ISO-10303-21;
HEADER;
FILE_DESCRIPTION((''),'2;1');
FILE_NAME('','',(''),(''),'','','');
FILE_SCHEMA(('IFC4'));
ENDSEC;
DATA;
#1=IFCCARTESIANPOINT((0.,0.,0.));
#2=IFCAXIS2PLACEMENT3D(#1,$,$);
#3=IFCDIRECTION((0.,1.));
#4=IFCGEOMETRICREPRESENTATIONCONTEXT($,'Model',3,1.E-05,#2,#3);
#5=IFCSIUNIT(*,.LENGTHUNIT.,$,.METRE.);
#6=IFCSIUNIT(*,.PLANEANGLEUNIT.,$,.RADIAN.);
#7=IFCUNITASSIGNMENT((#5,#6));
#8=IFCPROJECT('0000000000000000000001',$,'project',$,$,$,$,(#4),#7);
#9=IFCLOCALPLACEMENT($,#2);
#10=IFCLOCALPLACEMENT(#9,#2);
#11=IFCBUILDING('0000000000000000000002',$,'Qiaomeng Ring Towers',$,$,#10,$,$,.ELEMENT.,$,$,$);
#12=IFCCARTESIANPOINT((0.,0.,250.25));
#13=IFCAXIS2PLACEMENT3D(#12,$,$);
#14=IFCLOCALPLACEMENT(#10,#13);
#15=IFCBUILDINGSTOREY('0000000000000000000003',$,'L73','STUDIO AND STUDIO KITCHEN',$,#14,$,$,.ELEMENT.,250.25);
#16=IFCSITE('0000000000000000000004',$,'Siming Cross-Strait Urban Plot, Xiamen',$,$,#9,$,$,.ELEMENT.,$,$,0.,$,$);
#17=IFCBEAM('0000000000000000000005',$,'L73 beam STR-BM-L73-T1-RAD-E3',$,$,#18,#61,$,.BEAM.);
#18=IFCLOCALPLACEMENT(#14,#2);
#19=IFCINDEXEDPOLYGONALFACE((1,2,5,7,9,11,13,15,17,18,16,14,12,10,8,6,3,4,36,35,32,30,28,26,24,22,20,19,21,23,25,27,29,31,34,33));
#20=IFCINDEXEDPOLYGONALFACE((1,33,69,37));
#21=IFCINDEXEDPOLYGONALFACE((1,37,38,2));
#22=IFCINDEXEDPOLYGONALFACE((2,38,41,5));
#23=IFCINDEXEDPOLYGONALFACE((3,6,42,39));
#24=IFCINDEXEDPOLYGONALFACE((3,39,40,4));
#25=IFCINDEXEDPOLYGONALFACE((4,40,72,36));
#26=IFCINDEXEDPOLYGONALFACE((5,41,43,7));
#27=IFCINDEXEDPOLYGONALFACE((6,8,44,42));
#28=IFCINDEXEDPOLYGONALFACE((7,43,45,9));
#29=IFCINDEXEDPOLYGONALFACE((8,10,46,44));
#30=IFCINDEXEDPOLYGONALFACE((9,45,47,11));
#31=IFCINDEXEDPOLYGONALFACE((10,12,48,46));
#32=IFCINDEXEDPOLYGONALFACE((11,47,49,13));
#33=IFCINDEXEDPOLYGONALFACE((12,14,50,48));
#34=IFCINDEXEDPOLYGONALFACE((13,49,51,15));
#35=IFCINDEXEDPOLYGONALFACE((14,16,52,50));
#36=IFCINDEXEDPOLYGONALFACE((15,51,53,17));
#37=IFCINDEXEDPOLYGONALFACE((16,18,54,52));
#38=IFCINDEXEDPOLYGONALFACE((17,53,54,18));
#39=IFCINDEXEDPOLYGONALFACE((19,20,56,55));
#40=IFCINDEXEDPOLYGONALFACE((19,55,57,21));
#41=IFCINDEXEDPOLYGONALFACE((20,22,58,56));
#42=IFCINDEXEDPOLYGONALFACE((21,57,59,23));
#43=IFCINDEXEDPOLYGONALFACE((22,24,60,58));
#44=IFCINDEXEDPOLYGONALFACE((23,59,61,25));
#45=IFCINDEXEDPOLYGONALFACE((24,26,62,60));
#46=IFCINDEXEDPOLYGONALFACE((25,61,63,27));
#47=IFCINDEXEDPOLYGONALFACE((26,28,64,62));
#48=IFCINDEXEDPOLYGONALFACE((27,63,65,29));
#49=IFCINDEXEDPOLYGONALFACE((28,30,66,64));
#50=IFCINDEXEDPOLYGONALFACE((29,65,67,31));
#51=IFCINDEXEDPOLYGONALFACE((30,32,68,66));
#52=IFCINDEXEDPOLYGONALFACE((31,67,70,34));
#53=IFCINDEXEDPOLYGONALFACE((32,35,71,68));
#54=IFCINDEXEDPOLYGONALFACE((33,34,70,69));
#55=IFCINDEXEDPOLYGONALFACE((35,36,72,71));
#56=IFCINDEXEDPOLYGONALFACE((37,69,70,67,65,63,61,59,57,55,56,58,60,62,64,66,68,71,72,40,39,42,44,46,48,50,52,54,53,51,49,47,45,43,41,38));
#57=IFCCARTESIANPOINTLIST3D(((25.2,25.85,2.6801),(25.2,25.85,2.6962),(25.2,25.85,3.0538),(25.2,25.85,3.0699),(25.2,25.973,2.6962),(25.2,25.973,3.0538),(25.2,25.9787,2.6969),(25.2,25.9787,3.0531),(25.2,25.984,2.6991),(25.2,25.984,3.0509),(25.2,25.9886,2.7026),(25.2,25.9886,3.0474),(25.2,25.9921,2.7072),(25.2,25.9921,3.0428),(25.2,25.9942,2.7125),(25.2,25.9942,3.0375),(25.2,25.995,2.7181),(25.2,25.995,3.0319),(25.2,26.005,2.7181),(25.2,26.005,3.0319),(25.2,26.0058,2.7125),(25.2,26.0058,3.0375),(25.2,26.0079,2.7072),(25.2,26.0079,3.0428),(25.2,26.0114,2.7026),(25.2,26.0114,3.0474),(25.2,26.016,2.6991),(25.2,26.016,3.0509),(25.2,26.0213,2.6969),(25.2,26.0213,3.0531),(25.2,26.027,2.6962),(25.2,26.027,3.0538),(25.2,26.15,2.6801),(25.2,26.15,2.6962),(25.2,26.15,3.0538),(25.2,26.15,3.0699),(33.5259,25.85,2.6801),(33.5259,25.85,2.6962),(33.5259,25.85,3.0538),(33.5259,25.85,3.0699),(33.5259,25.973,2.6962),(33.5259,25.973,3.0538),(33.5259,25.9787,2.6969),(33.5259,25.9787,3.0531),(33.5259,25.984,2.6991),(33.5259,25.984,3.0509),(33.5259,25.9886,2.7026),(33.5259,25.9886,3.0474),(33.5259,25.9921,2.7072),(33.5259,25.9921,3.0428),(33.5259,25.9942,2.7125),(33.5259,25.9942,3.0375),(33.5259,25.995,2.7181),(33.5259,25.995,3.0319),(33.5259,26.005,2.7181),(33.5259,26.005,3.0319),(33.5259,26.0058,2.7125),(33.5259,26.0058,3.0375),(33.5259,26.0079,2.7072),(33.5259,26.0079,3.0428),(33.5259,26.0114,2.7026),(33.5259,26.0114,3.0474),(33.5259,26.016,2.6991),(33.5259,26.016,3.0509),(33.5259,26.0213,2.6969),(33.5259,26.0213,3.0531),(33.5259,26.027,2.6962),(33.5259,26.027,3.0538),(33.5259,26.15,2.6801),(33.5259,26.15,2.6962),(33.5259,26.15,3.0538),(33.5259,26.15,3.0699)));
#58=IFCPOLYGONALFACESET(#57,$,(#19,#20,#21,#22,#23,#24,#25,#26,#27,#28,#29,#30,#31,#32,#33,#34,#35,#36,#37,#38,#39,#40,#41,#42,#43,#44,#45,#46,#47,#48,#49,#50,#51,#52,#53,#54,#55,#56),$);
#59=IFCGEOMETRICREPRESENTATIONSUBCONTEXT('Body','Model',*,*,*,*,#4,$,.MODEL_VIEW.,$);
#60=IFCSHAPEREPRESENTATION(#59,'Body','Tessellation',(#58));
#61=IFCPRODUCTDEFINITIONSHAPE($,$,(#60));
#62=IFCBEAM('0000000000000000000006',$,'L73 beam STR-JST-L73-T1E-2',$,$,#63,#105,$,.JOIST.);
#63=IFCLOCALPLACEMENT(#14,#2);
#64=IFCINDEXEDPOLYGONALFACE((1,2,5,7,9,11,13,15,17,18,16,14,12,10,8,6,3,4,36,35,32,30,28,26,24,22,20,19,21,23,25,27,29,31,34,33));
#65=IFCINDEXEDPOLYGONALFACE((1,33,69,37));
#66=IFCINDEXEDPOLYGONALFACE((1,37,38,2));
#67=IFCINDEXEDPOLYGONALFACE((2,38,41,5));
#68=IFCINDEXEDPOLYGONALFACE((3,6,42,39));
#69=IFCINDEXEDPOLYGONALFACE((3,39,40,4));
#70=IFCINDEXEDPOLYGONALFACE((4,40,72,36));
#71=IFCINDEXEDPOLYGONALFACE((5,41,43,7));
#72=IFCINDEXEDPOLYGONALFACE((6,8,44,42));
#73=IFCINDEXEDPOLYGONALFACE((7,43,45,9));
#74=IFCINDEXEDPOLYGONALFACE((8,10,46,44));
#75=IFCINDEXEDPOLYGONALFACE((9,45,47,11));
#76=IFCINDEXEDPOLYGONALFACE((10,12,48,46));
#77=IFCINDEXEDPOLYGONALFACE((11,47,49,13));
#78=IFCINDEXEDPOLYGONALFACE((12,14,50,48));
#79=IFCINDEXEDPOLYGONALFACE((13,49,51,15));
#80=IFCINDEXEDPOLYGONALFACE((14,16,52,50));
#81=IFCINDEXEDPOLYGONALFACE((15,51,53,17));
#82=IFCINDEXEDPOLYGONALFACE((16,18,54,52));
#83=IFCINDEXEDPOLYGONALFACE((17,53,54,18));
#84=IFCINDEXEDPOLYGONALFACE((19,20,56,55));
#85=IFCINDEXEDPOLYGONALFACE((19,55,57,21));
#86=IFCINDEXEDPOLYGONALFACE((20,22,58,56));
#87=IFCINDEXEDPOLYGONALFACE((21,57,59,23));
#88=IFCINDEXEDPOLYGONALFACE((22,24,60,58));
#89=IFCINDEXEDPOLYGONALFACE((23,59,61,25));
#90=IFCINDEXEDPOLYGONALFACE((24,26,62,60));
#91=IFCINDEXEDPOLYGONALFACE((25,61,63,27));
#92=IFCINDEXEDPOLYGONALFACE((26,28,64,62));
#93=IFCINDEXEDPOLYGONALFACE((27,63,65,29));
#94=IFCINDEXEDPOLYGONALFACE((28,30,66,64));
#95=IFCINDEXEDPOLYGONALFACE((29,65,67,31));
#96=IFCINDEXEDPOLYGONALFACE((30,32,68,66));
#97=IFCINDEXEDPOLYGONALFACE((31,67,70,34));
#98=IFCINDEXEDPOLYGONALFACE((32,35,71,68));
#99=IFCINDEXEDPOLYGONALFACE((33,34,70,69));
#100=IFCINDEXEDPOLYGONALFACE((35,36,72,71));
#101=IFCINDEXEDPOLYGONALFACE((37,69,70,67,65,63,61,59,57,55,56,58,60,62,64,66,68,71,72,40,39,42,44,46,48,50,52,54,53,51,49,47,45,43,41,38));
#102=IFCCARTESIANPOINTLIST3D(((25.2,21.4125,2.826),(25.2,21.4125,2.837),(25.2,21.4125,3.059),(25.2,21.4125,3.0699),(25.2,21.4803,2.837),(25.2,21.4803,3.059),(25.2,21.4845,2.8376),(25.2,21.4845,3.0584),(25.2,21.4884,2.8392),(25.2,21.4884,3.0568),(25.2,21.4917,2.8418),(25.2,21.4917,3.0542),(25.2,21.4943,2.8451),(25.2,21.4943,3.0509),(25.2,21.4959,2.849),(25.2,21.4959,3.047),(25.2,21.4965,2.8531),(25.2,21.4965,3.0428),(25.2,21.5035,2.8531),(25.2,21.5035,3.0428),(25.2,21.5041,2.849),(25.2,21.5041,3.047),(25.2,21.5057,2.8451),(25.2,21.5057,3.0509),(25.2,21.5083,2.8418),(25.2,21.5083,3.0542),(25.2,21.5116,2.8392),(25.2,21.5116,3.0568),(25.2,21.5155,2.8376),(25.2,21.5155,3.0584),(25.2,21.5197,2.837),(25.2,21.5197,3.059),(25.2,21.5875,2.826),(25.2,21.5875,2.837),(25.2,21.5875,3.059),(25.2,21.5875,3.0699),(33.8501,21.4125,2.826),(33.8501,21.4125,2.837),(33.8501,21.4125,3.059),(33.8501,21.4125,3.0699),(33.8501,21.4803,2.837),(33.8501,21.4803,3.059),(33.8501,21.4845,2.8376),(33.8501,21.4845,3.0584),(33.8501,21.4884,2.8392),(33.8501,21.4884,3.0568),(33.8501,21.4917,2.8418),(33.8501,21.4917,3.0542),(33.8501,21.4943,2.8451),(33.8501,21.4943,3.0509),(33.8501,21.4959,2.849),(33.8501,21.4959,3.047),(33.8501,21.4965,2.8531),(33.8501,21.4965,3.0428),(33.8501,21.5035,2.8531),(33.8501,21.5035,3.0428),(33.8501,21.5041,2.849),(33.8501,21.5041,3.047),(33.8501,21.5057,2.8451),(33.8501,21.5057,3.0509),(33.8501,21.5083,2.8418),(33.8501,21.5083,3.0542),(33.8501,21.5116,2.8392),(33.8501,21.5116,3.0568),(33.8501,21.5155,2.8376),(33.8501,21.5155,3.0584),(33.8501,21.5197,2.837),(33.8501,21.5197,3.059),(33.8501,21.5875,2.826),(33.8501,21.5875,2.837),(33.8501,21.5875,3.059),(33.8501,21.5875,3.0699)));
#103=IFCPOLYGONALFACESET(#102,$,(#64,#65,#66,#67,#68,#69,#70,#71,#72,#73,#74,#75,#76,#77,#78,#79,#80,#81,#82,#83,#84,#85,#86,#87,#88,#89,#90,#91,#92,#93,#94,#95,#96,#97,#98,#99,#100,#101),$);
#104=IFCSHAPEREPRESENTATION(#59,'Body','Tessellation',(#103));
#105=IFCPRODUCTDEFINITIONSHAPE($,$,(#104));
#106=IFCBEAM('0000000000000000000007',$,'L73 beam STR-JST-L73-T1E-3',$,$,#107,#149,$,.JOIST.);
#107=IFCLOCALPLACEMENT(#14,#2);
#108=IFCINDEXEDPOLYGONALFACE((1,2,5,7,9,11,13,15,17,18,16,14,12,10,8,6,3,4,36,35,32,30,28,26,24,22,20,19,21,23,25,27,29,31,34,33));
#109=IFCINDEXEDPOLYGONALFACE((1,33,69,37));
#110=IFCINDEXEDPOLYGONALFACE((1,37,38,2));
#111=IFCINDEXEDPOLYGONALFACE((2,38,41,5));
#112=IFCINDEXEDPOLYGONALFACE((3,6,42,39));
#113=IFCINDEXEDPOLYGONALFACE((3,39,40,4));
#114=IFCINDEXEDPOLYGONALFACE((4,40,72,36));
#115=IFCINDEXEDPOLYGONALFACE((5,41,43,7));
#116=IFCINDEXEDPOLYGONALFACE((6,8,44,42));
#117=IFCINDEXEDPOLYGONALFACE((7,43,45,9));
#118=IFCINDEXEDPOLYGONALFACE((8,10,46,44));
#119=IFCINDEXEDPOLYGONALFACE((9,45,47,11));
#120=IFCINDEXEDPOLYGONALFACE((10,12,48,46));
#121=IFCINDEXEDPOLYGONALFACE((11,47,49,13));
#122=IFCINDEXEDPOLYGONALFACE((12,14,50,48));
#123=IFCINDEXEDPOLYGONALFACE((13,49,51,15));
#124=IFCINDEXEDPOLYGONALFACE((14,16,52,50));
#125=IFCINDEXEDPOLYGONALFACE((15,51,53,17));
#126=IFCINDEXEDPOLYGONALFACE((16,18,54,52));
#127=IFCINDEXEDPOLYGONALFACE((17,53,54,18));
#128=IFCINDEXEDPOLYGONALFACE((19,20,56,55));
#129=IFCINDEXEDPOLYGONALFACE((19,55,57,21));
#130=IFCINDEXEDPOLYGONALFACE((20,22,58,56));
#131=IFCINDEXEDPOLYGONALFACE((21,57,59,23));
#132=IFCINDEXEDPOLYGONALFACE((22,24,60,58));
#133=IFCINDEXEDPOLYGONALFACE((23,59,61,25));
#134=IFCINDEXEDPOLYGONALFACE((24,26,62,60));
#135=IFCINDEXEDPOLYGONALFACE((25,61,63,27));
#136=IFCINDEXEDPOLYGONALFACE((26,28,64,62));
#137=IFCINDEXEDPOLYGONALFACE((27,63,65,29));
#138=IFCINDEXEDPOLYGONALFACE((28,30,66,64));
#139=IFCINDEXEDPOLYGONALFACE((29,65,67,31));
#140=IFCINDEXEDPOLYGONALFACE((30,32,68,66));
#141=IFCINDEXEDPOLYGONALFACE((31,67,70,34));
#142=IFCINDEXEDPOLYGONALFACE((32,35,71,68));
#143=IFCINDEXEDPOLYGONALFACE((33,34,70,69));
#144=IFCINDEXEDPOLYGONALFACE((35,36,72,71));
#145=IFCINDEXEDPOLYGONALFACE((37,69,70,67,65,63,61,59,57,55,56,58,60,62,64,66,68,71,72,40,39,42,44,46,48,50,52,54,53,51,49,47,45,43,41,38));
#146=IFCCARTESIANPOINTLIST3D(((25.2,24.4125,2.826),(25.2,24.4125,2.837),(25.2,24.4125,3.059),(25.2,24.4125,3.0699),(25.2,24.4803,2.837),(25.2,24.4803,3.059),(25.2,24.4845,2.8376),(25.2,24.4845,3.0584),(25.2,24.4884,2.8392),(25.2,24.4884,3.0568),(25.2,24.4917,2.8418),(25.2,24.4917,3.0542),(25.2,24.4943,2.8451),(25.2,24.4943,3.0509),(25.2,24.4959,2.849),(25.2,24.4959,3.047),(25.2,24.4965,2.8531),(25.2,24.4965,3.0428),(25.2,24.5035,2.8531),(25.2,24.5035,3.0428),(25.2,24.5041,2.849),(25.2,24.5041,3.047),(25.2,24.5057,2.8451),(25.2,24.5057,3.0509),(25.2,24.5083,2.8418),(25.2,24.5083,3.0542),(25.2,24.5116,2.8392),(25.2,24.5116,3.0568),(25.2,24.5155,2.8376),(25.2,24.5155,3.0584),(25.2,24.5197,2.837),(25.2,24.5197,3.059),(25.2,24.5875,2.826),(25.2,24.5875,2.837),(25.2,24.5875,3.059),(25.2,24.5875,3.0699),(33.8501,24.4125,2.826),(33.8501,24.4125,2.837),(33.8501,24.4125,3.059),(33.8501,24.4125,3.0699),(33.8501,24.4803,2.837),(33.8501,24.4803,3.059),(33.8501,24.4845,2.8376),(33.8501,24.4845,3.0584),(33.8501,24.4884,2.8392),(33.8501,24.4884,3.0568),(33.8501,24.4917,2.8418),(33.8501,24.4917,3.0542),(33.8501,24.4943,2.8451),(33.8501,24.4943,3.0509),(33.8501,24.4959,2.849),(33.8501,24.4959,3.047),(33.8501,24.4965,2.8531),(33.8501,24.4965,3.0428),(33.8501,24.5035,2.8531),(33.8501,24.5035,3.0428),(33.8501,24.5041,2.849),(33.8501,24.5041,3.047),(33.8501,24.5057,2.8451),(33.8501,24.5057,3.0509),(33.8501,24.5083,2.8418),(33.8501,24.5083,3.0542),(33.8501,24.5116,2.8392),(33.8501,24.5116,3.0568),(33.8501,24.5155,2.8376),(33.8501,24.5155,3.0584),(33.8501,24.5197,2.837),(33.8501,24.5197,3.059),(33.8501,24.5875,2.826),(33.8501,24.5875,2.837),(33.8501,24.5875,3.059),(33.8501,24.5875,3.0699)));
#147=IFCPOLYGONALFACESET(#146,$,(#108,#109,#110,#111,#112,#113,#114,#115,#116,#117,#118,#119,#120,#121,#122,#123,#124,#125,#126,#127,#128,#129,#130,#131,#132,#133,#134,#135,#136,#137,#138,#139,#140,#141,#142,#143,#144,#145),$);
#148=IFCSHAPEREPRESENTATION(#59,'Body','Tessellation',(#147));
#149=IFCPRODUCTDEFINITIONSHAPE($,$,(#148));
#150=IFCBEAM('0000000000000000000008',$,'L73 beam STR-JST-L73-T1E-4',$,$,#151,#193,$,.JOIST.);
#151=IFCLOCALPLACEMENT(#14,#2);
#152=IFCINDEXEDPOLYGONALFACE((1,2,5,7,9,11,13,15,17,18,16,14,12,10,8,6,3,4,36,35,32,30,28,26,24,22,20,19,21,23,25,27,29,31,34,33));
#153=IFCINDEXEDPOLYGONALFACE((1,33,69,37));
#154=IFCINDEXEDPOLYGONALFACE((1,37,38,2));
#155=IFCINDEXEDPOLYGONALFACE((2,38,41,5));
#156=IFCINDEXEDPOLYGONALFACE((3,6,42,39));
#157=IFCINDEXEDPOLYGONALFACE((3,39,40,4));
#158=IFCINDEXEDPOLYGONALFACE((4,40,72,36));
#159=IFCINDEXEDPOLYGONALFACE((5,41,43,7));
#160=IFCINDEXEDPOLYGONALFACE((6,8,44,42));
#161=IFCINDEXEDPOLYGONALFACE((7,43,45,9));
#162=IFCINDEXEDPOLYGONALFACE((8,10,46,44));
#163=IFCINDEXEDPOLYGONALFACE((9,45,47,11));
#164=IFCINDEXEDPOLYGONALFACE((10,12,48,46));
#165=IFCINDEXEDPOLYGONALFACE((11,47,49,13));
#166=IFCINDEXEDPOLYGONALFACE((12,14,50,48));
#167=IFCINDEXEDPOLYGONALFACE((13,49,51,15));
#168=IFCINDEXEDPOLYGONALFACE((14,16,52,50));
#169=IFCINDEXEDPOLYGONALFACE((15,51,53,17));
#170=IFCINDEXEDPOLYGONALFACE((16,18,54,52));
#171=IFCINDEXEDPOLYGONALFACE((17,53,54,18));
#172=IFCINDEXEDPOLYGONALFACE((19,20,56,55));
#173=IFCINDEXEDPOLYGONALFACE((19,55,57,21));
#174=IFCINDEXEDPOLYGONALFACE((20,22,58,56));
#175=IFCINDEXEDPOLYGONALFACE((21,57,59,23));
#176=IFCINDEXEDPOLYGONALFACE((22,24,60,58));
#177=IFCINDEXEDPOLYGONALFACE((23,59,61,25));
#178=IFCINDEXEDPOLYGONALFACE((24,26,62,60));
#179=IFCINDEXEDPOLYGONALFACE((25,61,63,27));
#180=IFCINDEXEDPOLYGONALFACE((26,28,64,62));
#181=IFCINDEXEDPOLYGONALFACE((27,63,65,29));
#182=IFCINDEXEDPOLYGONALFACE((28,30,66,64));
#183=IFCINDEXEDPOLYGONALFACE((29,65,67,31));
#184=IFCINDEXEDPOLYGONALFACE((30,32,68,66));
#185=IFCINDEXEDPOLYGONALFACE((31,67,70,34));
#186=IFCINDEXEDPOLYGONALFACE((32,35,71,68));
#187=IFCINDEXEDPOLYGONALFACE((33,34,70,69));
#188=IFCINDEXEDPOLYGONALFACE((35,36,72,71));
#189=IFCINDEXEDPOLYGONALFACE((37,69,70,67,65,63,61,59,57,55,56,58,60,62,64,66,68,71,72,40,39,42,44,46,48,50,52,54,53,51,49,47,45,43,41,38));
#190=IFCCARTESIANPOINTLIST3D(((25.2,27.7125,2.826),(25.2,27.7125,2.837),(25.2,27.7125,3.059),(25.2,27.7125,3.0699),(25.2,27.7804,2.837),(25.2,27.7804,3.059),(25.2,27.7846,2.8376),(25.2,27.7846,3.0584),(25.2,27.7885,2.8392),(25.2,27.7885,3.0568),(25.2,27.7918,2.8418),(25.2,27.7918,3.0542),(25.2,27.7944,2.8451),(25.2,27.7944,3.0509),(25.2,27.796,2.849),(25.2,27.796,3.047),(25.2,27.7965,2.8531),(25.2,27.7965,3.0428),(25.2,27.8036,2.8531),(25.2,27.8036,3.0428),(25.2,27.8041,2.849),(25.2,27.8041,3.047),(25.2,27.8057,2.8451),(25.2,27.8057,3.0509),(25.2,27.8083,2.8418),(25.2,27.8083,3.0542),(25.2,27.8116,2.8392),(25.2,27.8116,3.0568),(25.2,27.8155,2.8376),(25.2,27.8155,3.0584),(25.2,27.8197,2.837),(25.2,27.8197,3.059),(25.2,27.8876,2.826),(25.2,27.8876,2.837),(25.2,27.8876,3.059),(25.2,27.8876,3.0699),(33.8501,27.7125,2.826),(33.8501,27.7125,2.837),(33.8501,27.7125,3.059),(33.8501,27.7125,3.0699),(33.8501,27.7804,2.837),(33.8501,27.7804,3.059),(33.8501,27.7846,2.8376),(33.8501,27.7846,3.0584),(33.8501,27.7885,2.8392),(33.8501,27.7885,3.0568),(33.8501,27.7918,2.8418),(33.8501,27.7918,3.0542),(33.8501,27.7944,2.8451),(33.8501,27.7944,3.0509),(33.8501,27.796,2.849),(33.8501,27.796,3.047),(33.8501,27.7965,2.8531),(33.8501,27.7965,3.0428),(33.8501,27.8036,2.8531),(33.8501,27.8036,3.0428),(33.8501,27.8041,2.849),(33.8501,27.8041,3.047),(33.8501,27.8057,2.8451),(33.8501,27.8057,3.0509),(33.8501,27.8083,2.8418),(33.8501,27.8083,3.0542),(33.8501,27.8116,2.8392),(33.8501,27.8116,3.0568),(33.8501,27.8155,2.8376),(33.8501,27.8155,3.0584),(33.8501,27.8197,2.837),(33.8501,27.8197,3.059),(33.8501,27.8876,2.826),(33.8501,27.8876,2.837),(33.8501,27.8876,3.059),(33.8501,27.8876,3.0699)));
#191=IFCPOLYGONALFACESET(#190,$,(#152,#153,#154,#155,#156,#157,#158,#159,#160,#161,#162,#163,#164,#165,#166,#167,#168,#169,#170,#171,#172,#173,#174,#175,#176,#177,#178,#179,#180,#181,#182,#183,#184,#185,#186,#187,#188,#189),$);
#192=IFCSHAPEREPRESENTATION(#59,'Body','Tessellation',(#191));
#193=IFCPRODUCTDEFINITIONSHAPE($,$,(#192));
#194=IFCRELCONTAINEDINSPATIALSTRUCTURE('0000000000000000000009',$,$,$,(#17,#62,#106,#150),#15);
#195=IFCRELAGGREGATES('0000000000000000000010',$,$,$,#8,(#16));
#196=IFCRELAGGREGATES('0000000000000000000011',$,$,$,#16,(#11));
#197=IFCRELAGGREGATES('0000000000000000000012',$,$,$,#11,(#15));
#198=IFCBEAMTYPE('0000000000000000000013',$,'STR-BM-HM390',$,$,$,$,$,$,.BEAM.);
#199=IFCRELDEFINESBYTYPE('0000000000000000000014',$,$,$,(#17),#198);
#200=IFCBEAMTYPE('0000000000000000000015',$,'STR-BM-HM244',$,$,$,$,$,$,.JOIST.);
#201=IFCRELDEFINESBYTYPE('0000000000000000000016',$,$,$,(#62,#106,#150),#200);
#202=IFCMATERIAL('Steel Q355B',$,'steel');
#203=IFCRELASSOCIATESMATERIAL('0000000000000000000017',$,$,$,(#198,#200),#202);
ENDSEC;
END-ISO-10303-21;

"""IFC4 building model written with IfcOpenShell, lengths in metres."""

from ifc_helpers import new_model, si_unit, direction, frame, origin, origin_2d, place, context, subcontext, project, spatial, i_section, extrude, source, transform, mapped, material, material_profile, profile_set, type_object, element, save


model = new_model("IFC4")

# Units and contexts
model_context = context("Model", 3, precision=1e-05, world=origin(), true_north=direction((0.0, 1.0)))
body_context = subcontext(model_context, "Body", "Model", "MODEL_VIEW")
ifc_project = project(units=[si_unit("LENGTHUNIT", "METRE"), si_unit("PLANEANGLEUNIT", "RADIAN")], contexts=[model_context])

# Site, building, storey
site_placement = place(None, origin())
site = spatial("IfcSite", under=ifc_project, at=site_placement, Name="Siming Cross-Strait Urban Plot, Xiamen", CompositionType="ELEMENT", RefElevation=0.0)
building_placement = place(site_placement, origin())
building = spatial("IfcBuilding", under=site, at=building_placement, Name="Qiaomeng Ring Towers", CompositionType="ELEMENT")
storey_placement = place(building_placement, frame((0.0, 0.0, 250.25)))
storey = spatial("IfcBuildingStorey", under=building, at=storey_placement, Name="L73", Description="STUDIO AND STUDIO KITCHEN", CompositionType="ELEMENT", Elevation=250.25)

# Beams
ifc_material_1 = material(Name="Steel Q355B", Category="steel")
ifc_material_profile_1 = material_profile(ifc_material_1, i_section(OverallWidth=0.3, OverallDepth=0.3899, WebThickness=0.01, FlangeThickness=0.0161, FilletRadius=0.022, at=origin_2d()), Name="HM 390x300x10x16")
ifc_profile_set_1 = profile_set([ifc_material_profile_1], Name="Steel Q355B")
beam_type_1 = type_object("IfcBeamType", Name="STR-BM-HM390", PredefinedType="BEAM", material=ifc_profile_set_1)
shared_shape_1 = source(origin(), body_context, "Body", "SweptSolid", [
    extrude(i_section(OverallWidth=0.3, OverallDepth=0.3899, WebThickness=0.01, FlangeThickness=0.0161, FilletRadius=0.022, at=origin_2d()), origin(), (0.0, 0.0, 1.0), 8.3259),
])
beam_placement = place(storey_placement, frame((25.2, 26.0, 2.875), z_axis=(1.0, 0.0, 0.0), x_axis=(0.0, 1.0, 0.0)))
element("IfcBeam", 1, at=beam_placement, inside=storey, type_object=beam_type_1, Name="L73 beam STR-BM-L73-T1-RAD-E3", PredefinedType="BEAM", context=body_context, shape_type="MappedRepresentation", body=[
    mapped(shared_shape_1, transform((0.0, 0.0, 0.0), x_axis=(1.0, 0.0, 0.0), y_axis=(0.0, 1.0, 0.0), z_axis=(0.0, 0.0, 1.0), scale=1.0)),
])
ifc_material_profile_2 = material_profile(ifc_material_1, i_section(OverallWidth=0.175, OverallDepth=0.2439, WebThickness=0.0071, FlangeThickness=0.011, FilletRadius=0.0161, at=origin_2d()), Name="HM 244x175x7x11")
ifc_profile_set_2 = profile_set([ifc_material_profile_2], Name="Steel Q355B")
beam_type_2 = type_object("IfcBeamType", Name="STR-BM-HM244", PredefinedType="JOIST", material=ifc_profile_set_2)
shared_shape_2 = source(origin(), body_context, "Body", "SweptSolid", [
    extrude(i_section(OverallWidth=0.175, OverallDepth=0.2439, WebThickness=0.0071, FlangeThickness=0.011, FilletRadius=0.0161, at=origin_2d()), origin(), (0.0, 0.0, 1.0), 8.6501),
])
for number, where, z_axis, x_axis, name in (
    (2, (25.2, 21.5, 2.948), (1.0, 0.0, 0.0), (0.0, 1.0, 0.0), "L73 beam STR-JST-L73-T1E-2"),
    (3, (25.2, 24.5, 2.948), (1.0, 0.0, 0.0), (0.0, 1.0, 0.0), "L73 beam STR-JST-L73-T1E-3"),
    (4, (25.2, 27.8, 2.948), (1.0, 0.0, 0.0), (0.0, 1.0, 0.0), "L73 beam STR-JST-L73-T1E-4"),
):
    element("IfcBeam", number, at=place(storey_placement, frame(where, z_axis=z_axis, x_axis=x_axis)), inside=storey, type_object=beam_type_2, Name=name, PredefinedType="JOIST", context=body_context, shape_type="MappedRepresentation", body=[
        mapped(shared_shape_2, transform((0.0, 0.0, 0.0), x_axis=(1.0, 0.0, 0.0), y_axis=(0.0, 1.0, 0.0), z_axis=(0.0, 0.0, 1.0), scale=1.0)),
    ])

save(model, "model.ifc")
